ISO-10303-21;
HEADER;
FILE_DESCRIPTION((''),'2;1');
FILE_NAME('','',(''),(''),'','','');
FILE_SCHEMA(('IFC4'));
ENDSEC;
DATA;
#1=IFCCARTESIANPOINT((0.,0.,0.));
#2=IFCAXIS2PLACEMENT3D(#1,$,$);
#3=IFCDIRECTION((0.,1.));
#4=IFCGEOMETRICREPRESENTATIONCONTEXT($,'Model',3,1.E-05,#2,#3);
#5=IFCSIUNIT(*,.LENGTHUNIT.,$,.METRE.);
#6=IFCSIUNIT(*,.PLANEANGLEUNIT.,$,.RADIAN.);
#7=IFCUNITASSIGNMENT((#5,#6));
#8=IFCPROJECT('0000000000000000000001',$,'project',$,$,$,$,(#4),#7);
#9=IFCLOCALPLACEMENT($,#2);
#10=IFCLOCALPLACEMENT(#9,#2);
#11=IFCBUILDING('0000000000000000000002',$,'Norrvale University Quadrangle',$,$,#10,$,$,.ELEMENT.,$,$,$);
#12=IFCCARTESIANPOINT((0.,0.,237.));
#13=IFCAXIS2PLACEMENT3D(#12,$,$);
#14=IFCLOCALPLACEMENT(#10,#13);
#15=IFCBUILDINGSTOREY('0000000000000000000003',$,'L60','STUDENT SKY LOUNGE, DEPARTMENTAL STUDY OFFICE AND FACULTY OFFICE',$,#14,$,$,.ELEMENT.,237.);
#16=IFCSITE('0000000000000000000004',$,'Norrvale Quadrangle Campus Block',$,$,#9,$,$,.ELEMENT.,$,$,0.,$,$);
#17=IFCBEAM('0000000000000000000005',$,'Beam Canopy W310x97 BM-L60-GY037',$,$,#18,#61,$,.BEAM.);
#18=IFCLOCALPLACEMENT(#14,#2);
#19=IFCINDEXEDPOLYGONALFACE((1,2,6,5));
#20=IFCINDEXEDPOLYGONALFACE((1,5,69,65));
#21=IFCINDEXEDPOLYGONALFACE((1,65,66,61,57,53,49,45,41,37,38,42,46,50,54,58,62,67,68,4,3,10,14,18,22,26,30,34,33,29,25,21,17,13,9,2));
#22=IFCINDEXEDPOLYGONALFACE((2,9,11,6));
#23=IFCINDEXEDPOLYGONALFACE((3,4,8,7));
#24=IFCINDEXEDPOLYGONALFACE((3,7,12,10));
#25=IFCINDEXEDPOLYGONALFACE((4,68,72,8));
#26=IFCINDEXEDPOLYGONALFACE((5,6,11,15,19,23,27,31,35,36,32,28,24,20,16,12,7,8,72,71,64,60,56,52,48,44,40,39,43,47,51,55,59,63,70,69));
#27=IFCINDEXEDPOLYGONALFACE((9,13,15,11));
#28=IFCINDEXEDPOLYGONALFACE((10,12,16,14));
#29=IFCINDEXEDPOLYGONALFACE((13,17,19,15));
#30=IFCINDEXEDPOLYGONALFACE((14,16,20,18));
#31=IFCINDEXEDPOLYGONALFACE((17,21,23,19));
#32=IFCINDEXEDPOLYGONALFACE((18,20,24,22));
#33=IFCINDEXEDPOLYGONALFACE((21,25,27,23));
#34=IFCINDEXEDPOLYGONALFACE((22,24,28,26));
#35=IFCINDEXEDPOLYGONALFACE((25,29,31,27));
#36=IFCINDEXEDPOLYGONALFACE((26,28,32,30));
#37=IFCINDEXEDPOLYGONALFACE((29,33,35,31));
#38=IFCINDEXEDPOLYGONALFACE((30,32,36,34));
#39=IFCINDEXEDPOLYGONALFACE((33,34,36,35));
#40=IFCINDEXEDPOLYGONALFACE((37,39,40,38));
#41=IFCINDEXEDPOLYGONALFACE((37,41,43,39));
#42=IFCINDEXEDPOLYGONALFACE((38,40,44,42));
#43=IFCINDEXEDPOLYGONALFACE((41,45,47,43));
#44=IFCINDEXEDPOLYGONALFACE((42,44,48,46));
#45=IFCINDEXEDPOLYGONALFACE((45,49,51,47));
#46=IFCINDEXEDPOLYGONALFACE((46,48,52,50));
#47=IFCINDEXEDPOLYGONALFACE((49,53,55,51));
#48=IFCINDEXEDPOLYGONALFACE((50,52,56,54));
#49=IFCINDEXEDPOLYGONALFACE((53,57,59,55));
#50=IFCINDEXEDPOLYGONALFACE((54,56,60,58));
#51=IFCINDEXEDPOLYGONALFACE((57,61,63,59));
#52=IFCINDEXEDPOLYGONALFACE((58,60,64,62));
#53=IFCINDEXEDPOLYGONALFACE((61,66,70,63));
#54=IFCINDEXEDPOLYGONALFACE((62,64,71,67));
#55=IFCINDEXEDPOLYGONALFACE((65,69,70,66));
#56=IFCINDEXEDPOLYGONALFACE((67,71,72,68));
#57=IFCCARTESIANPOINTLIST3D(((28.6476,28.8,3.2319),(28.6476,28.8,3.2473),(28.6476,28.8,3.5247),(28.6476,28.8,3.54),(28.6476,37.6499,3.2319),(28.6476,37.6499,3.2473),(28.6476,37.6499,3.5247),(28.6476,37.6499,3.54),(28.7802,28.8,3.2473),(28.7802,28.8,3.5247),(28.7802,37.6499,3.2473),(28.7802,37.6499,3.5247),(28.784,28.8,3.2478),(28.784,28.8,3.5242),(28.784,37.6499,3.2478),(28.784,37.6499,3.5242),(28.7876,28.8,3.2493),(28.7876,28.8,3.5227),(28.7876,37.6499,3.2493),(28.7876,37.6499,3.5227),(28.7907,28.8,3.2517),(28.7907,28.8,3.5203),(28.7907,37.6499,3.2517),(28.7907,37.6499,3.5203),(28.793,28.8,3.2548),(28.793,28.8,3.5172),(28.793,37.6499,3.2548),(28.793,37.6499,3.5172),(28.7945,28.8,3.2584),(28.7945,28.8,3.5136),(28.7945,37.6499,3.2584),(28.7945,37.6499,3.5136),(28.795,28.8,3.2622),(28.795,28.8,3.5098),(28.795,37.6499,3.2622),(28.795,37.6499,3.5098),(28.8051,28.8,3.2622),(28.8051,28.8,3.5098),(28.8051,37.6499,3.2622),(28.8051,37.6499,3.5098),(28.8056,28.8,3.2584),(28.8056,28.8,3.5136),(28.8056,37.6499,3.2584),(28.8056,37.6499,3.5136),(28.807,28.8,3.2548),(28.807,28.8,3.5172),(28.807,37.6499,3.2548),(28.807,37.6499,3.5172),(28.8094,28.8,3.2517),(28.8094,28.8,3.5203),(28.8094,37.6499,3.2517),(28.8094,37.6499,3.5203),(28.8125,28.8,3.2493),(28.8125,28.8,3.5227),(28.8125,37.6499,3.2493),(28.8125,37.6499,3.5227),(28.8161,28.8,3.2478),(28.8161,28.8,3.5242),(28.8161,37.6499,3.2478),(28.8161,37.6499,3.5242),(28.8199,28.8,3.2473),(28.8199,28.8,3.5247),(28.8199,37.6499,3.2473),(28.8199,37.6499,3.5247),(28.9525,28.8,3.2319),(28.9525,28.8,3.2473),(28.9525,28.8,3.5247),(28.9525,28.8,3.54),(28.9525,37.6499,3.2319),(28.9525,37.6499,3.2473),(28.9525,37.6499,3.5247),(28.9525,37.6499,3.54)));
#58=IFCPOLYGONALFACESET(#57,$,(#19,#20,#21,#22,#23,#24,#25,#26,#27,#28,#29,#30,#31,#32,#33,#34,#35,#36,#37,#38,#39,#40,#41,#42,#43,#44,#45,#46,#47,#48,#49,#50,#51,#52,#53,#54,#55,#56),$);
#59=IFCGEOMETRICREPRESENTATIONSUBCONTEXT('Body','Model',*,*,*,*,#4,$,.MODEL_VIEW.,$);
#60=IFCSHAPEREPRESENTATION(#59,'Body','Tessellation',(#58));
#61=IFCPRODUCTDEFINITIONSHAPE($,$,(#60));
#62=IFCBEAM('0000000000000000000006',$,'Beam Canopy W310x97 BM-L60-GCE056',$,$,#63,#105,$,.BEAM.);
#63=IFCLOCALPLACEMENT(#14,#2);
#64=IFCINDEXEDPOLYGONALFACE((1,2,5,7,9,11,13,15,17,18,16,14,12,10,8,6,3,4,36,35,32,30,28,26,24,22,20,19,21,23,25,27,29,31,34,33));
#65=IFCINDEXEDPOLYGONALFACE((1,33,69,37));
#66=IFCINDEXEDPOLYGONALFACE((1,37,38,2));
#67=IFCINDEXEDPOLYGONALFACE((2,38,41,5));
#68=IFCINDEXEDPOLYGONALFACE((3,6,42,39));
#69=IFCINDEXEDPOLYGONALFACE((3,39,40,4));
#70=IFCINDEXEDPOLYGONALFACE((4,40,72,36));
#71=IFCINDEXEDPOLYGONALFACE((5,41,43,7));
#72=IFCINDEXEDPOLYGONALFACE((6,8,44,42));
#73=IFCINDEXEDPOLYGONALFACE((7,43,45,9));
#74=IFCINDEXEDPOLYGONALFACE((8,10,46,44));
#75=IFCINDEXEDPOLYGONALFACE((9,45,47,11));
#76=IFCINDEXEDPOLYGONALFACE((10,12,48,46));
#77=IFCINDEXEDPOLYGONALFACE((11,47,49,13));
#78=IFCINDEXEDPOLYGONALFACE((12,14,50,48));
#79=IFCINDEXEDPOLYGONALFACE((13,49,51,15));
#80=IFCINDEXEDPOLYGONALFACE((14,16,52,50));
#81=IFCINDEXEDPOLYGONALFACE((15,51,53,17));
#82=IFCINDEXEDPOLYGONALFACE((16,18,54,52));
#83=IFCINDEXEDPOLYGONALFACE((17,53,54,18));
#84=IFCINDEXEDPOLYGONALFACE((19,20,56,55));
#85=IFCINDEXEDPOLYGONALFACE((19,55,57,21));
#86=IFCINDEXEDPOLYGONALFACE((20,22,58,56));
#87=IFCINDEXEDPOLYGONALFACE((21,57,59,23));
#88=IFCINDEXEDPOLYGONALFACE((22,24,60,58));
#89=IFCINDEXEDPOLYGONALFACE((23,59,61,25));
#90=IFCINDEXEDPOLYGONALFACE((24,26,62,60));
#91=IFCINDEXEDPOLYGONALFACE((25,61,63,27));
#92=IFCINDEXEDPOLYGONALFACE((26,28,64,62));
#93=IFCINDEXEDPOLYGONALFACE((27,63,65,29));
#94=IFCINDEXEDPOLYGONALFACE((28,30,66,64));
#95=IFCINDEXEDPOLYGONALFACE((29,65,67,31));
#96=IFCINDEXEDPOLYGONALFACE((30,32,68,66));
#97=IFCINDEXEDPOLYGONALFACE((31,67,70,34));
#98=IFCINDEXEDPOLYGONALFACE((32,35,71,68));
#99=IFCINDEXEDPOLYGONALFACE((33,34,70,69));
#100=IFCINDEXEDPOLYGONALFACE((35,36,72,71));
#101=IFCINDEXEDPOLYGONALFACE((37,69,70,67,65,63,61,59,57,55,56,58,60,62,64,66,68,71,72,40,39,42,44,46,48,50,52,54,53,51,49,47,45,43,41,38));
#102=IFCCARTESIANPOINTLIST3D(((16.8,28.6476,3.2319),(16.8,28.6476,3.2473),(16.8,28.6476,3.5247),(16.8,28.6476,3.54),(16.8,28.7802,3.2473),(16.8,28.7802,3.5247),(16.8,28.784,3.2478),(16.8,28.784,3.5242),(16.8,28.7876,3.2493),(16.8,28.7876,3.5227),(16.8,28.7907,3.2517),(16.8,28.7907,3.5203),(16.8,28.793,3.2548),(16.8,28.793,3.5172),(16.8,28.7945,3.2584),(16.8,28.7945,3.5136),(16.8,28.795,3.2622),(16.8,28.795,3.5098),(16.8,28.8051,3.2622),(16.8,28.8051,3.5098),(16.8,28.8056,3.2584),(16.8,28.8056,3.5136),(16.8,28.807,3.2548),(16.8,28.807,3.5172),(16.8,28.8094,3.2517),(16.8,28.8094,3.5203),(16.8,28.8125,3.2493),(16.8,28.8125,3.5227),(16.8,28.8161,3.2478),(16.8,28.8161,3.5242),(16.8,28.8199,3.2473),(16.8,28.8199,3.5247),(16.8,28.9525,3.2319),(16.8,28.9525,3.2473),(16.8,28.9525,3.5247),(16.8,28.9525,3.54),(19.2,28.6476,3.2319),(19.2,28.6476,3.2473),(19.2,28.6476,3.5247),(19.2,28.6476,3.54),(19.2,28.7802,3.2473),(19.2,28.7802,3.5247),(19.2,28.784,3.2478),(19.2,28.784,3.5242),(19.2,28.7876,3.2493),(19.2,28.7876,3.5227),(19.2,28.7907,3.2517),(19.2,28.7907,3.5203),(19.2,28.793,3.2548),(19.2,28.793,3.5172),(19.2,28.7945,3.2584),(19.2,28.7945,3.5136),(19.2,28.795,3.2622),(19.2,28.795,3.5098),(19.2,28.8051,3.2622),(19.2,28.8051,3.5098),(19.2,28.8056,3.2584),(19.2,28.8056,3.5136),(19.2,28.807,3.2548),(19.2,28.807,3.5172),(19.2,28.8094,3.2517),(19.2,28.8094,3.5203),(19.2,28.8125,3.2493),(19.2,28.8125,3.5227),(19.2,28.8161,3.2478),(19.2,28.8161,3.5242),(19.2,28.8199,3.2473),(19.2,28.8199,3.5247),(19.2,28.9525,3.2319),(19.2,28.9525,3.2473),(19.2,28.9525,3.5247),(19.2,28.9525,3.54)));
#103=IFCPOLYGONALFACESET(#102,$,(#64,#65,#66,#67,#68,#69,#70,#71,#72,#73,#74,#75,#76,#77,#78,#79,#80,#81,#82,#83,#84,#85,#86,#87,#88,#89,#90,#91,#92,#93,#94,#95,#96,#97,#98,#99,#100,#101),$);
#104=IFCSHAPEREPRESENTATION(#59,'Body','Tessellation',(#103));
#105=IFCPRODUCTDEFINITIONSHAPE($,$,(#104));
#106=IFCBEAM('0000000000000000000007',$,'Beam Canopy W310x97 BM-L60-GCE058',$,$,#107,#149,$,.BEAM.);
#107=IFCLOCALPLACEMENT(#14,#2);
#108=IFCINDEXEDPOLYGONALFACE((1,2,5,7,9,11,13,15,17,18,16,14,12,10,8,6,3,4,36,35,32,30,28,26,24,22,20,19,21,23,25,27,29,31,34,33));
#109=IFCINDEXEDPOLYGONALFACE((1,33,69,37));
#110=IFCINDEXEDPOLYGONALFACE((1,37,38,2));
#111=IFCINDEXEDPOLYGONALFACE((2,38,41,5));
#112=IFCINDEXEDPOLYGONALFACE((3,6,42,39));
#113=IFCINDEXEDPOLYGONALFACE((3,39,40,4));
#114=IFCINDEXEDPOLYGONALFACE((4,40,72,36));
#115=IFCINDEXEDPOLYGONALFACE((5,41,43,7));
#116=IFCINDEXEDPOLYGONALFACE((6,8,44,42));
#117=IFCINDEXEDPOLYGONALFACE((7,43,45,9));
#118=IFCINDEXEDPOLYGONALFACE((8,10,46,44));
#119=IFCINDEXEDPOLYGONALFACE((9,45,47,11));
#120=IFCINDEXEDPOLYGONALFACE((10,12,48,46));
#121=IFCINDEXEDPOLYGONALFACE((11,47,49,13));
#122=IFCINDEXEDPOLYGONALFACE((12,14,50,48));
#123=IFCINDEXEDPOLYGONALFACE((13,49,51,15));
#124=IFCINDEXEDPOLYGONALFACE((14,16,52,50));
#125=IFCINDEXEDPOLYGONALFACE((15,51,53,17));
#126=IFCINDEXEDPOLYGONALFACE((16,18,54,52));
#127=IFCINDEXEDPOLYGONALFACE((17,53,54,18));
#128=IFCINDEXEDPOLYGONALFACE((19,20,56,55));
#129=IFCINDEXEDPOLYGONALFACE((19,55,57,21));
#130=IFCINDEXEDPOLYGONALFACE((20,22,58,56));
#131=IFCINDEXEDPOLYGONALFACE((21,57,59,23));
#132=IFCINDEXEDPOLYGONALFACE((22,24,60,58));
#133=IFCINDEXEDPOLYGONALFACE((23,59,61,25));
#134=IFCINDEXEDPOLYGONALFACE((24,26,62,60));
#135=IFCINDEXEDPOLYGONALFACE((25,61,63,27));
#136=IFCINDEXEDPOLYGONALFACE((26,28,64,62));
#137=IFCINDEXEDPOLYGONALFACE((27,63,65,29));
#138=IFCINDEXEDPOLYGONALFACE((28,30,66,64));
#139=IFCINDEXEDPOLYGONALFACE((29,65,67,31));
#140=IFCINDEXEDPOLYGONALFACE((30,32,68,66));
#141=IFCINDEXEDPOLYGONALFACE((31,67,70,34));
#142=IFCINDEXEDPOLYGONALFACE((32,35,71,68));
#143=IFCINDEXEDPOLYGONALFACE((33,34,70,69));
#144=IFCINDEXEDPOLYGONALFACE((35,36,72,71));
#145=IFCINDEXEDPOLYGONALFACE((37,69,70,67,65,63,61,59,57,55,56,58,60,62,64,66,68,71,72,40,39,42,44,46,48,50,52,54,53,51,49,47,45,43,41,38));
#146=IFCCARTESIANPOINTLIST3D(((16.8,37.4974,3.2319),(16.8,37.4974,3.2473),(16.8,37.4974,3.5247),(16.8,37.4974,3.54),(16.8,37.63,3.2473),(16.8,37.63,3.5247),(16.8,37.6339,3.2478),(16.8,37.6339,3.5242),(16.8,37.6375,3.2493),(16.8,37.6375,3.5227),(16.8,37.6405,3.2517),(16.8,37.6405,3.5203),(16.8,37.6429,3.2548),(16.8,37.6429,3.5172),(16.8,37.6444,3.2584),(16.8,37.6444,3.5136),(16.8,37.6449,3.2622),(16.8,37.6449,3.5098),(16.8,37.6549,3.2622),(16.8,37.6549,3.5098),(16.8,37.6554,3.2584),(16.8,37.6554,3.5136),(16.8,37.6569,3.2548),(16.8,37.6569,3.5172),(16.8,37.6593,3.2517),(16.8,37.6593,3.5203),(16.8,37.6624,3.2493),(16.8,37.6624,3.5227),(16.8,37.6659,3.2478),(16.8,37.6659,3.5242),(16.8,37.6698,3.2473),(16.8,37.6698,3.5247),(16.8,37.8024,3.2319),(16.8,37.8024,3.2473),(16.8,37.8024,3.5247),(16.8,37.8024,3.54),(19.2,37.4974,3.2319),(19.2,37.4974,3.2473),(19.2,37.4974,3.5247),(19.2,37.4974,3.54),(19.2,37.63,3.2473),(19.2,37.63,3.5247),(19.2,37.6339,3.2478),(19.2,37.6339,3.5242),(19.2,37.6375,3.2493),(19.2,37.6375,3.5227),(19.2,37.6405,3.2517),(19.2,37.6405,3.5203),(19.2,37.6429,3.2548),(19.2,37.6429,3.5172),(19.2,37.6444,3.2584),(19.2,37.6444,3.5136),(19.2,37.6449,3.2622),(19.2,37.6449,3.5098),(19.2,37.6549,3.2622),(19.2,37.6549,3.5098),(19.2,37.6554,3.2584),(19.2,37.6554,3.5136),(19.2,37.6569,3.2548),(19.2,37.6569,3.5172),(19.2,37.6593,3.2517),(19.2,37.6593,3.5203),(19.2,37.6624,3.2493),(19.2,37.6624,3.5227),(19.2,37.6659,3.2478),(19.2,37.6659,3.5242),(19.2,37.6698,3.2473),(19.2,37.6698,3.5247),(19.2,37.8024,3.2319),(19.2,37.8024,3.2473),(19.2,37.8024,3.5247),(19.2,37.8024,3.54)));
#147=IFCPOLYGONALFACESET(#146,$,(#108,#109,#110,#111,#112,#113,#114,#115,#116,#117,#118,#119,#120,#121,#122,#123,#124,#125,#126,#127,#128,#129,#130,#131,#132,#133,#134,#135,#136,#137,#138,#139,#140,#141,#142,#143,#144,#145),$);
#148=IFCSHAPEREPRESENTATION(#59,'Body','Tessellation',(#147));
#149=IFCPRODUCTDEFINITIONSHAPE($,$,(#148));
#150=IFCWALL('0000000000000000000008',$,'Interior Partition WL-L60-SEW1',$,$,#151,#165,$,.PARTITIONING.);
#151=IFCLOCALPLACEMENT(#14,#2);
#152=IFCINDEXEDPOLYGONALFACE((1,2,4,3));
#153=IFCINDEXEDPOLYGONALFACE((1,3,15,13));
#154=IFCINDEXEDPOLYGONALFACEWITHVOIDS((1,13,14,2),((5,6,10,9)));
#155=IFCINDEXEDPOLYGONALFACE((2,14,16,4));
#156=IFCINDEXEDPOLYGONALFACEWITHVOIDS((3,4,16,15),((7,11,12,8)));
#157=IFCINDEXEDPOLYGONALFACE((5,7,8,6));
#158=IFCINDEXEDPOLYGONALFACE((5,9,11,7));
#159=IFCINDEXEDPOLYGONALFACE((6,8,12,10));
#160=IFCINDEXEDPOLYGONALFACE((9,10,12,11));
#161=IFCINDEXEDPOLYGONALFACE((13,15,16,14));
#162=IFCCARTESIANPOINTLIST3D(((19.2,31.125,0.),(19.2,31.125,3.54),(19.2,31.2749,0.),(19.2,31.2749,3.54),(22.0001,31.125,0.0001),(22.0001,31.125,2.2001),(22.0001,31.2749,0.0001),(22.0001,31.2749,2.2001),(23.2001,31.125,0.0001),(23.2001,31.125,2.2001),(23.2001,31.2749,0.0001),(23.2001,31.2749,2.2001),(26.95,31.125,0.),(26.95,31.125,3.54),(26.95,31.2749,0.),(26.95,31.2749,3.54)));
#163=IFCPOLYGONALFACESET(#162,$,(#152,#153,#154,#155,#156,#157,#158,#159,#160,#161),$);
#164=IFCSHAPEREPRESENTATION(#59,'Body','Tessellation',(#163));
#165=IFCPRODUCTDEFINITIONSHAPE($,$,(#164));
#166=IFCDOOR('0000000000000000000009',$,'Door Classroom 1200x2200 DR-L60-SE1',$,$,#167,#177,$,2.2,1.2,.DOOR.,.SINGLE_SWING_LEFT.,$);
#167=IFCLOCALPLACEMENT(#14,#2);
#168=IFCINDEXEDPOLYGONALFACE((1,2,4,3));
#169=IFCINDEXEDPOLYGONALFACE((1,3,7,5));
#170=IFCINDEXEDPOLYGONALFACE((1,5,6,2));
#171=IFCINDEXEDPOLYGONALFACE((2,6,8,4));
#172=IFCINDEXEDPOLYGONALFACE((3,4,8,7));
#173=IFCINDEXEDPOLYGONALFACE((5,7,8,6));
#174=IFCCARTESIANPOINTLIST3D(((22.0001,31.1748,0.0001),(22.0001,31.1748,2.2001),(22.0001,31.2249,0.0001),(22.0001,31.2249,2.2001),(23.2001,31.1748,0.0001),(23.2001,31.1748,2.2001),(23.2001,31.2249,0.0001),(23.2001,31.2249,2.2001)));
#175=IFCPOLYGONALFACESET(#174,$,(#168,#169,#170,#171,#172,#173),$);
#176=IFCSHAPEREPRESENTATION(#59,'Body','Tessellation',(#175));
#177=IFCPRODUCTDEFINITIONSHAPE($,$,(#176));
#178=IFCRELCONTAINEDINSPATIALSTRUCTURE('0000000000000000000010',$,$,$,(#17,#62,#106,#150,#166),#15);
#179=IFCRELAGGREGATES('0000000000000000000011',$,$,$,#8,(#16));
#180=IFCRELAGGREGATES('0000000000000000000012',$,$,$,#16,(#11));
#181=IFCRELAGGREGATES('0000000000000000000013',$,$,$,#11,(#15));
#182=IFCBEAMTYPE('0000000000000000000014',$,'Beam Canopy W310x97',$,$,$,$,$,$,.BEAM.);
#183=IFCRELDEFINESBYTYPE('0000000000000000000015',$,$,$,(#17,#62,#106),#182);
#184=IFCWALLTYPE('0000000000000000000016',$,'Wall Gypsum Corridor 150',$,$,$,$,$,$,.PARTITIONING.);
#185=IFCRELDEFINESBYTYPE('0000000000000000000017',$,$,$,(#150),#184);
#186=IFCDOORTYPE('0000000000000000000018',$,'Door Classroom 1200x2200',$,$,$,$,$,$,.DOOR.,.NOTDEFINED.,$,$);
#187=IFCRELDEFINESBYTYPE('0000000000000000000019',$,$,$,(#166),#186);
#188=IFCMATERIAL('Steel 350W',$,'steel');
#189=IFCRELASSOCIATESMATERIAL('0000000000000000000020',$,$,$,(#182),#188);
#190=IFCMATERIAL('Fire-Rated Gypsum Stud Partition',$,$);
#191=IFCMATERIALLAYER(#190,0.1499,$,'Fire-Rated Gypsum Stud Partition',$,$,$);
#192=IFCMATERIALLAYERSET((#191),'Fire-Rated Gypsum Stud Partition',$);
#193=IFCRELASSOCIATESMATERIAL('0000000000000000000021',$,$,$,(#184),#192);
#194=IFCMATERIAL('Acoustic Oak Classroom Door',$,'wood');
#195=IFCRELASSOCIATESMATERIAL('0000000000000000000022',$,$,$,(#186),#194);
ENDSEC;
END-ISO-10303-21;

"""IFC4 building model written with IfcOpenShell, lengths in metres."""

from ifc_helpers import new_model, si_unit, direction, frame, frame_2d, origin, origin_2d, place, context, subcontext, project, spatial, rectangle, i_section, extrude, material, layer, layer_set, material_profile, profile_set, type_object, element, fill, save


model = new_model("IFC4")

# Units and contexts
model_context = context("Model", 3, precision=1e-05, world=origin(), true_north=direction((0.0, 1.0)))
body_context = subcontext(model_context, "Body", "Model", "MODEL_VIEW")
ifc_project = project(units=[si_unit("LENGTHUNIT", "METRE"), si_unit("PLANEANGLEUNIT", "RADIAN")], contexts=[model_context])

# Site, building, storey
site_placement = place(None, origin())
site = spatial("IfcSite", under=ifc_project, at=site_placement, Name="Norrvale Quadrangle Campus Block", CompositionType="ELEMENT", RefElevation=0.0)
building_placement = place(site_placement, origin())
building = spatial("IfcBuilding", under=site, at=building_placement, Name="Norrvale University Quadrangle", CompositionType="ELEMENT")
storey_placement = place(building_placement, frame((0.0, 0.0, 237.0)))
storey = spatial("IfcBuildingStorey", under=building, at=storey_placement, Name="L60", Description="STUDENT SKY LOUNGE, DEPARTMENTAL STUDY OFFICE AND FACULTY OFFICE", CompositionType="ELEMENT", Elevation=237.0)

# Beams
ifc_material_1 = material(Name="Steel 350W", Category="steel")
ifc_material_profile_1 = material_profile(ifc_material_1, i_section(OverallWidth=0.3049, OverallDepth=0.3081, WebThickness=0.01, FlangeThickness=0.0154, FilletRadius=0.0149, at=origin_2d()), Name="Steel 350W")
ifc_profile_set_1 = profile_set([ifc_material_profile_1], Name="Steel 350W")
beam_type_1 = type_object("IfcBeamType", Name="Beam Canopy W310x97", PredefinedType="BEAM", material=ifc_profile_set_1)
beam_1_placement = place(storey_placement, frame((28.8, 28.8, 3.386), z_axis=(0.0, 1.0, 0.0), x_axis=(-1.0, 0.0, 0.0)))
element("IfcBeam", 1, at=beam_1_placement, inside=storey, type_object=beam_type_1, Name="Beam Canopy W310x97 BM-L60-GY037", PredefinedType="BEAM", context=body_context, shape_type="SweptSolid", body=[
    extrude(i_section(OverallWidth=0.3049, OverallDepth=0.3081, WebThickness=0.01, FlangeThickness=0.0154, FilletRadius=0.0149, at=origin_2d()), origin(), (0.0, 0.0, 1.0), 8.8499),
])
for number, where, z_axis, x_axis, name in (
    (2, (16.8, 28.8, 3.386), (1.0, 0.0, 0.0), (0.0, 1.0, 0.0), "Beam Canopy W310x97 BM-L60-GCE056"),
    (3, (16.8, 37.6499, 3.386), (1.0, 0.0, 0.0), (0.0, 1.0, 0.0), "Beam Canopy W310x97 BM-L60-GCE058"),
):
    element("IfcBeam", number, at=place(storey_placement, frame(where, z_axis=z_axis, x_axis=x_axis)), inside=storey, type_object=beam_type_1, Name=name, PredefinedType="BEAM", context=body_context, shape_type="SweptSolid", body=[
        extrude(i_section(OverallWidth=0.3049, OverallDepth=0.3081, WebThickness=0.01, FlangeThickness=0.0154, FilletRadius=0.0149, at=origin_2d()), origin(), (0.0, 0.0, 1.0), 2.3999),
    ])

# Wall, opening, door
ifc_material_2 = material(Name="Fire-Rated Gypsum Stud Partition")
ifc_layer_1 = layer(ifc_material_2, 0.1499, Name="Fire-Rated Gypsum Stud Partition")
ifc_layer_set_1 = layer_set([ifc_layer_1], Name="Fire-Rated Gypsum Stud Partition")
wall_type_1 = type_object("IfcWallType", Name="Wall Gypsum Corridor 150", PredefinedType="PARTITIONING", material=ifc_layer_set_1)
wall_1_placement = place(storey_placement, frame((19.2, 31.2, 0.0), z_axis=(0.0, 0.0, 1.0), x_axis=(1.0, 0.0, 0.0)))
wall_1 = element("IfcWall", 4, at=wall_1_placement, inside=storey, type_object=wall_type_1, Name="Interior Partition WL-L60-SEW1", PredefinedType="PARTITIONING", context=body_context, shape_type="SweptSolid", body=[
    extrude(rectangle(XDim=7.75, YDim=0.1499, at=frame_2d((3.875, 0.0))), origin(), (0.0, 0.0, 1.0), 3.54),
])
opening_1_placement = place(wall_1_placement, frame((2.8, 0.0, 0.0)))
opening_1 = element("IfcOpeningElement", 5, at=opening_1_placement, cuts=wall_1, PredefinedType="OPENING", context=body_context, shape_type="SweptSolid", body=[
    extrude(rectangle(XDim=1.2, YDim=2.2, at=frame_2d((0.6001, 1.1001))), frame((0.0, 0.0869, 0.0), z_axis=(0.0, -1.0, 0.0), x_axis=(1.0, 0.0, 0.0)), (0.0, 0.0, 1.0), 0.1738),
])
ifc_material_3 = material(Name="Acoustic Oak Classroom Door", Category="wood")
door_type_1 = type_object("IfcDoorType", Name="Door Classroom 1200x2200", OperationType="NOTDEFINED", PredefinedType="DOOR", material=ifc_material_3)
door_1_placement = place(opening_1_placement, origin())
door_1 = element("IfcDoor", 6, at=door_1_placement, inside=storey, type_object=door_type_1, Name="Door Classroom 1200x2200 DR-L60-SE1", OperationType="SINGLE_SWING_LEFT", OverallHeight=2.2, OverallWidth=1.2, PredefinedType="DOOR", context=body_context, shape_type="SweptSolid", body=[
    extrude(rectangle(XDim=1.2, YDim=2.2, at=frame_2d((0.6001, 1.1001))), frame((0.0, 0.0249, 0.0), z_axis=(0.0, -1.0, 0.0), x_axis=(1.0, 0.0, 0.0)), (0.0, 0.0, 1.0), 0.05),
])
fill(opening_1, door_1)

save(model, "model.ifc")
